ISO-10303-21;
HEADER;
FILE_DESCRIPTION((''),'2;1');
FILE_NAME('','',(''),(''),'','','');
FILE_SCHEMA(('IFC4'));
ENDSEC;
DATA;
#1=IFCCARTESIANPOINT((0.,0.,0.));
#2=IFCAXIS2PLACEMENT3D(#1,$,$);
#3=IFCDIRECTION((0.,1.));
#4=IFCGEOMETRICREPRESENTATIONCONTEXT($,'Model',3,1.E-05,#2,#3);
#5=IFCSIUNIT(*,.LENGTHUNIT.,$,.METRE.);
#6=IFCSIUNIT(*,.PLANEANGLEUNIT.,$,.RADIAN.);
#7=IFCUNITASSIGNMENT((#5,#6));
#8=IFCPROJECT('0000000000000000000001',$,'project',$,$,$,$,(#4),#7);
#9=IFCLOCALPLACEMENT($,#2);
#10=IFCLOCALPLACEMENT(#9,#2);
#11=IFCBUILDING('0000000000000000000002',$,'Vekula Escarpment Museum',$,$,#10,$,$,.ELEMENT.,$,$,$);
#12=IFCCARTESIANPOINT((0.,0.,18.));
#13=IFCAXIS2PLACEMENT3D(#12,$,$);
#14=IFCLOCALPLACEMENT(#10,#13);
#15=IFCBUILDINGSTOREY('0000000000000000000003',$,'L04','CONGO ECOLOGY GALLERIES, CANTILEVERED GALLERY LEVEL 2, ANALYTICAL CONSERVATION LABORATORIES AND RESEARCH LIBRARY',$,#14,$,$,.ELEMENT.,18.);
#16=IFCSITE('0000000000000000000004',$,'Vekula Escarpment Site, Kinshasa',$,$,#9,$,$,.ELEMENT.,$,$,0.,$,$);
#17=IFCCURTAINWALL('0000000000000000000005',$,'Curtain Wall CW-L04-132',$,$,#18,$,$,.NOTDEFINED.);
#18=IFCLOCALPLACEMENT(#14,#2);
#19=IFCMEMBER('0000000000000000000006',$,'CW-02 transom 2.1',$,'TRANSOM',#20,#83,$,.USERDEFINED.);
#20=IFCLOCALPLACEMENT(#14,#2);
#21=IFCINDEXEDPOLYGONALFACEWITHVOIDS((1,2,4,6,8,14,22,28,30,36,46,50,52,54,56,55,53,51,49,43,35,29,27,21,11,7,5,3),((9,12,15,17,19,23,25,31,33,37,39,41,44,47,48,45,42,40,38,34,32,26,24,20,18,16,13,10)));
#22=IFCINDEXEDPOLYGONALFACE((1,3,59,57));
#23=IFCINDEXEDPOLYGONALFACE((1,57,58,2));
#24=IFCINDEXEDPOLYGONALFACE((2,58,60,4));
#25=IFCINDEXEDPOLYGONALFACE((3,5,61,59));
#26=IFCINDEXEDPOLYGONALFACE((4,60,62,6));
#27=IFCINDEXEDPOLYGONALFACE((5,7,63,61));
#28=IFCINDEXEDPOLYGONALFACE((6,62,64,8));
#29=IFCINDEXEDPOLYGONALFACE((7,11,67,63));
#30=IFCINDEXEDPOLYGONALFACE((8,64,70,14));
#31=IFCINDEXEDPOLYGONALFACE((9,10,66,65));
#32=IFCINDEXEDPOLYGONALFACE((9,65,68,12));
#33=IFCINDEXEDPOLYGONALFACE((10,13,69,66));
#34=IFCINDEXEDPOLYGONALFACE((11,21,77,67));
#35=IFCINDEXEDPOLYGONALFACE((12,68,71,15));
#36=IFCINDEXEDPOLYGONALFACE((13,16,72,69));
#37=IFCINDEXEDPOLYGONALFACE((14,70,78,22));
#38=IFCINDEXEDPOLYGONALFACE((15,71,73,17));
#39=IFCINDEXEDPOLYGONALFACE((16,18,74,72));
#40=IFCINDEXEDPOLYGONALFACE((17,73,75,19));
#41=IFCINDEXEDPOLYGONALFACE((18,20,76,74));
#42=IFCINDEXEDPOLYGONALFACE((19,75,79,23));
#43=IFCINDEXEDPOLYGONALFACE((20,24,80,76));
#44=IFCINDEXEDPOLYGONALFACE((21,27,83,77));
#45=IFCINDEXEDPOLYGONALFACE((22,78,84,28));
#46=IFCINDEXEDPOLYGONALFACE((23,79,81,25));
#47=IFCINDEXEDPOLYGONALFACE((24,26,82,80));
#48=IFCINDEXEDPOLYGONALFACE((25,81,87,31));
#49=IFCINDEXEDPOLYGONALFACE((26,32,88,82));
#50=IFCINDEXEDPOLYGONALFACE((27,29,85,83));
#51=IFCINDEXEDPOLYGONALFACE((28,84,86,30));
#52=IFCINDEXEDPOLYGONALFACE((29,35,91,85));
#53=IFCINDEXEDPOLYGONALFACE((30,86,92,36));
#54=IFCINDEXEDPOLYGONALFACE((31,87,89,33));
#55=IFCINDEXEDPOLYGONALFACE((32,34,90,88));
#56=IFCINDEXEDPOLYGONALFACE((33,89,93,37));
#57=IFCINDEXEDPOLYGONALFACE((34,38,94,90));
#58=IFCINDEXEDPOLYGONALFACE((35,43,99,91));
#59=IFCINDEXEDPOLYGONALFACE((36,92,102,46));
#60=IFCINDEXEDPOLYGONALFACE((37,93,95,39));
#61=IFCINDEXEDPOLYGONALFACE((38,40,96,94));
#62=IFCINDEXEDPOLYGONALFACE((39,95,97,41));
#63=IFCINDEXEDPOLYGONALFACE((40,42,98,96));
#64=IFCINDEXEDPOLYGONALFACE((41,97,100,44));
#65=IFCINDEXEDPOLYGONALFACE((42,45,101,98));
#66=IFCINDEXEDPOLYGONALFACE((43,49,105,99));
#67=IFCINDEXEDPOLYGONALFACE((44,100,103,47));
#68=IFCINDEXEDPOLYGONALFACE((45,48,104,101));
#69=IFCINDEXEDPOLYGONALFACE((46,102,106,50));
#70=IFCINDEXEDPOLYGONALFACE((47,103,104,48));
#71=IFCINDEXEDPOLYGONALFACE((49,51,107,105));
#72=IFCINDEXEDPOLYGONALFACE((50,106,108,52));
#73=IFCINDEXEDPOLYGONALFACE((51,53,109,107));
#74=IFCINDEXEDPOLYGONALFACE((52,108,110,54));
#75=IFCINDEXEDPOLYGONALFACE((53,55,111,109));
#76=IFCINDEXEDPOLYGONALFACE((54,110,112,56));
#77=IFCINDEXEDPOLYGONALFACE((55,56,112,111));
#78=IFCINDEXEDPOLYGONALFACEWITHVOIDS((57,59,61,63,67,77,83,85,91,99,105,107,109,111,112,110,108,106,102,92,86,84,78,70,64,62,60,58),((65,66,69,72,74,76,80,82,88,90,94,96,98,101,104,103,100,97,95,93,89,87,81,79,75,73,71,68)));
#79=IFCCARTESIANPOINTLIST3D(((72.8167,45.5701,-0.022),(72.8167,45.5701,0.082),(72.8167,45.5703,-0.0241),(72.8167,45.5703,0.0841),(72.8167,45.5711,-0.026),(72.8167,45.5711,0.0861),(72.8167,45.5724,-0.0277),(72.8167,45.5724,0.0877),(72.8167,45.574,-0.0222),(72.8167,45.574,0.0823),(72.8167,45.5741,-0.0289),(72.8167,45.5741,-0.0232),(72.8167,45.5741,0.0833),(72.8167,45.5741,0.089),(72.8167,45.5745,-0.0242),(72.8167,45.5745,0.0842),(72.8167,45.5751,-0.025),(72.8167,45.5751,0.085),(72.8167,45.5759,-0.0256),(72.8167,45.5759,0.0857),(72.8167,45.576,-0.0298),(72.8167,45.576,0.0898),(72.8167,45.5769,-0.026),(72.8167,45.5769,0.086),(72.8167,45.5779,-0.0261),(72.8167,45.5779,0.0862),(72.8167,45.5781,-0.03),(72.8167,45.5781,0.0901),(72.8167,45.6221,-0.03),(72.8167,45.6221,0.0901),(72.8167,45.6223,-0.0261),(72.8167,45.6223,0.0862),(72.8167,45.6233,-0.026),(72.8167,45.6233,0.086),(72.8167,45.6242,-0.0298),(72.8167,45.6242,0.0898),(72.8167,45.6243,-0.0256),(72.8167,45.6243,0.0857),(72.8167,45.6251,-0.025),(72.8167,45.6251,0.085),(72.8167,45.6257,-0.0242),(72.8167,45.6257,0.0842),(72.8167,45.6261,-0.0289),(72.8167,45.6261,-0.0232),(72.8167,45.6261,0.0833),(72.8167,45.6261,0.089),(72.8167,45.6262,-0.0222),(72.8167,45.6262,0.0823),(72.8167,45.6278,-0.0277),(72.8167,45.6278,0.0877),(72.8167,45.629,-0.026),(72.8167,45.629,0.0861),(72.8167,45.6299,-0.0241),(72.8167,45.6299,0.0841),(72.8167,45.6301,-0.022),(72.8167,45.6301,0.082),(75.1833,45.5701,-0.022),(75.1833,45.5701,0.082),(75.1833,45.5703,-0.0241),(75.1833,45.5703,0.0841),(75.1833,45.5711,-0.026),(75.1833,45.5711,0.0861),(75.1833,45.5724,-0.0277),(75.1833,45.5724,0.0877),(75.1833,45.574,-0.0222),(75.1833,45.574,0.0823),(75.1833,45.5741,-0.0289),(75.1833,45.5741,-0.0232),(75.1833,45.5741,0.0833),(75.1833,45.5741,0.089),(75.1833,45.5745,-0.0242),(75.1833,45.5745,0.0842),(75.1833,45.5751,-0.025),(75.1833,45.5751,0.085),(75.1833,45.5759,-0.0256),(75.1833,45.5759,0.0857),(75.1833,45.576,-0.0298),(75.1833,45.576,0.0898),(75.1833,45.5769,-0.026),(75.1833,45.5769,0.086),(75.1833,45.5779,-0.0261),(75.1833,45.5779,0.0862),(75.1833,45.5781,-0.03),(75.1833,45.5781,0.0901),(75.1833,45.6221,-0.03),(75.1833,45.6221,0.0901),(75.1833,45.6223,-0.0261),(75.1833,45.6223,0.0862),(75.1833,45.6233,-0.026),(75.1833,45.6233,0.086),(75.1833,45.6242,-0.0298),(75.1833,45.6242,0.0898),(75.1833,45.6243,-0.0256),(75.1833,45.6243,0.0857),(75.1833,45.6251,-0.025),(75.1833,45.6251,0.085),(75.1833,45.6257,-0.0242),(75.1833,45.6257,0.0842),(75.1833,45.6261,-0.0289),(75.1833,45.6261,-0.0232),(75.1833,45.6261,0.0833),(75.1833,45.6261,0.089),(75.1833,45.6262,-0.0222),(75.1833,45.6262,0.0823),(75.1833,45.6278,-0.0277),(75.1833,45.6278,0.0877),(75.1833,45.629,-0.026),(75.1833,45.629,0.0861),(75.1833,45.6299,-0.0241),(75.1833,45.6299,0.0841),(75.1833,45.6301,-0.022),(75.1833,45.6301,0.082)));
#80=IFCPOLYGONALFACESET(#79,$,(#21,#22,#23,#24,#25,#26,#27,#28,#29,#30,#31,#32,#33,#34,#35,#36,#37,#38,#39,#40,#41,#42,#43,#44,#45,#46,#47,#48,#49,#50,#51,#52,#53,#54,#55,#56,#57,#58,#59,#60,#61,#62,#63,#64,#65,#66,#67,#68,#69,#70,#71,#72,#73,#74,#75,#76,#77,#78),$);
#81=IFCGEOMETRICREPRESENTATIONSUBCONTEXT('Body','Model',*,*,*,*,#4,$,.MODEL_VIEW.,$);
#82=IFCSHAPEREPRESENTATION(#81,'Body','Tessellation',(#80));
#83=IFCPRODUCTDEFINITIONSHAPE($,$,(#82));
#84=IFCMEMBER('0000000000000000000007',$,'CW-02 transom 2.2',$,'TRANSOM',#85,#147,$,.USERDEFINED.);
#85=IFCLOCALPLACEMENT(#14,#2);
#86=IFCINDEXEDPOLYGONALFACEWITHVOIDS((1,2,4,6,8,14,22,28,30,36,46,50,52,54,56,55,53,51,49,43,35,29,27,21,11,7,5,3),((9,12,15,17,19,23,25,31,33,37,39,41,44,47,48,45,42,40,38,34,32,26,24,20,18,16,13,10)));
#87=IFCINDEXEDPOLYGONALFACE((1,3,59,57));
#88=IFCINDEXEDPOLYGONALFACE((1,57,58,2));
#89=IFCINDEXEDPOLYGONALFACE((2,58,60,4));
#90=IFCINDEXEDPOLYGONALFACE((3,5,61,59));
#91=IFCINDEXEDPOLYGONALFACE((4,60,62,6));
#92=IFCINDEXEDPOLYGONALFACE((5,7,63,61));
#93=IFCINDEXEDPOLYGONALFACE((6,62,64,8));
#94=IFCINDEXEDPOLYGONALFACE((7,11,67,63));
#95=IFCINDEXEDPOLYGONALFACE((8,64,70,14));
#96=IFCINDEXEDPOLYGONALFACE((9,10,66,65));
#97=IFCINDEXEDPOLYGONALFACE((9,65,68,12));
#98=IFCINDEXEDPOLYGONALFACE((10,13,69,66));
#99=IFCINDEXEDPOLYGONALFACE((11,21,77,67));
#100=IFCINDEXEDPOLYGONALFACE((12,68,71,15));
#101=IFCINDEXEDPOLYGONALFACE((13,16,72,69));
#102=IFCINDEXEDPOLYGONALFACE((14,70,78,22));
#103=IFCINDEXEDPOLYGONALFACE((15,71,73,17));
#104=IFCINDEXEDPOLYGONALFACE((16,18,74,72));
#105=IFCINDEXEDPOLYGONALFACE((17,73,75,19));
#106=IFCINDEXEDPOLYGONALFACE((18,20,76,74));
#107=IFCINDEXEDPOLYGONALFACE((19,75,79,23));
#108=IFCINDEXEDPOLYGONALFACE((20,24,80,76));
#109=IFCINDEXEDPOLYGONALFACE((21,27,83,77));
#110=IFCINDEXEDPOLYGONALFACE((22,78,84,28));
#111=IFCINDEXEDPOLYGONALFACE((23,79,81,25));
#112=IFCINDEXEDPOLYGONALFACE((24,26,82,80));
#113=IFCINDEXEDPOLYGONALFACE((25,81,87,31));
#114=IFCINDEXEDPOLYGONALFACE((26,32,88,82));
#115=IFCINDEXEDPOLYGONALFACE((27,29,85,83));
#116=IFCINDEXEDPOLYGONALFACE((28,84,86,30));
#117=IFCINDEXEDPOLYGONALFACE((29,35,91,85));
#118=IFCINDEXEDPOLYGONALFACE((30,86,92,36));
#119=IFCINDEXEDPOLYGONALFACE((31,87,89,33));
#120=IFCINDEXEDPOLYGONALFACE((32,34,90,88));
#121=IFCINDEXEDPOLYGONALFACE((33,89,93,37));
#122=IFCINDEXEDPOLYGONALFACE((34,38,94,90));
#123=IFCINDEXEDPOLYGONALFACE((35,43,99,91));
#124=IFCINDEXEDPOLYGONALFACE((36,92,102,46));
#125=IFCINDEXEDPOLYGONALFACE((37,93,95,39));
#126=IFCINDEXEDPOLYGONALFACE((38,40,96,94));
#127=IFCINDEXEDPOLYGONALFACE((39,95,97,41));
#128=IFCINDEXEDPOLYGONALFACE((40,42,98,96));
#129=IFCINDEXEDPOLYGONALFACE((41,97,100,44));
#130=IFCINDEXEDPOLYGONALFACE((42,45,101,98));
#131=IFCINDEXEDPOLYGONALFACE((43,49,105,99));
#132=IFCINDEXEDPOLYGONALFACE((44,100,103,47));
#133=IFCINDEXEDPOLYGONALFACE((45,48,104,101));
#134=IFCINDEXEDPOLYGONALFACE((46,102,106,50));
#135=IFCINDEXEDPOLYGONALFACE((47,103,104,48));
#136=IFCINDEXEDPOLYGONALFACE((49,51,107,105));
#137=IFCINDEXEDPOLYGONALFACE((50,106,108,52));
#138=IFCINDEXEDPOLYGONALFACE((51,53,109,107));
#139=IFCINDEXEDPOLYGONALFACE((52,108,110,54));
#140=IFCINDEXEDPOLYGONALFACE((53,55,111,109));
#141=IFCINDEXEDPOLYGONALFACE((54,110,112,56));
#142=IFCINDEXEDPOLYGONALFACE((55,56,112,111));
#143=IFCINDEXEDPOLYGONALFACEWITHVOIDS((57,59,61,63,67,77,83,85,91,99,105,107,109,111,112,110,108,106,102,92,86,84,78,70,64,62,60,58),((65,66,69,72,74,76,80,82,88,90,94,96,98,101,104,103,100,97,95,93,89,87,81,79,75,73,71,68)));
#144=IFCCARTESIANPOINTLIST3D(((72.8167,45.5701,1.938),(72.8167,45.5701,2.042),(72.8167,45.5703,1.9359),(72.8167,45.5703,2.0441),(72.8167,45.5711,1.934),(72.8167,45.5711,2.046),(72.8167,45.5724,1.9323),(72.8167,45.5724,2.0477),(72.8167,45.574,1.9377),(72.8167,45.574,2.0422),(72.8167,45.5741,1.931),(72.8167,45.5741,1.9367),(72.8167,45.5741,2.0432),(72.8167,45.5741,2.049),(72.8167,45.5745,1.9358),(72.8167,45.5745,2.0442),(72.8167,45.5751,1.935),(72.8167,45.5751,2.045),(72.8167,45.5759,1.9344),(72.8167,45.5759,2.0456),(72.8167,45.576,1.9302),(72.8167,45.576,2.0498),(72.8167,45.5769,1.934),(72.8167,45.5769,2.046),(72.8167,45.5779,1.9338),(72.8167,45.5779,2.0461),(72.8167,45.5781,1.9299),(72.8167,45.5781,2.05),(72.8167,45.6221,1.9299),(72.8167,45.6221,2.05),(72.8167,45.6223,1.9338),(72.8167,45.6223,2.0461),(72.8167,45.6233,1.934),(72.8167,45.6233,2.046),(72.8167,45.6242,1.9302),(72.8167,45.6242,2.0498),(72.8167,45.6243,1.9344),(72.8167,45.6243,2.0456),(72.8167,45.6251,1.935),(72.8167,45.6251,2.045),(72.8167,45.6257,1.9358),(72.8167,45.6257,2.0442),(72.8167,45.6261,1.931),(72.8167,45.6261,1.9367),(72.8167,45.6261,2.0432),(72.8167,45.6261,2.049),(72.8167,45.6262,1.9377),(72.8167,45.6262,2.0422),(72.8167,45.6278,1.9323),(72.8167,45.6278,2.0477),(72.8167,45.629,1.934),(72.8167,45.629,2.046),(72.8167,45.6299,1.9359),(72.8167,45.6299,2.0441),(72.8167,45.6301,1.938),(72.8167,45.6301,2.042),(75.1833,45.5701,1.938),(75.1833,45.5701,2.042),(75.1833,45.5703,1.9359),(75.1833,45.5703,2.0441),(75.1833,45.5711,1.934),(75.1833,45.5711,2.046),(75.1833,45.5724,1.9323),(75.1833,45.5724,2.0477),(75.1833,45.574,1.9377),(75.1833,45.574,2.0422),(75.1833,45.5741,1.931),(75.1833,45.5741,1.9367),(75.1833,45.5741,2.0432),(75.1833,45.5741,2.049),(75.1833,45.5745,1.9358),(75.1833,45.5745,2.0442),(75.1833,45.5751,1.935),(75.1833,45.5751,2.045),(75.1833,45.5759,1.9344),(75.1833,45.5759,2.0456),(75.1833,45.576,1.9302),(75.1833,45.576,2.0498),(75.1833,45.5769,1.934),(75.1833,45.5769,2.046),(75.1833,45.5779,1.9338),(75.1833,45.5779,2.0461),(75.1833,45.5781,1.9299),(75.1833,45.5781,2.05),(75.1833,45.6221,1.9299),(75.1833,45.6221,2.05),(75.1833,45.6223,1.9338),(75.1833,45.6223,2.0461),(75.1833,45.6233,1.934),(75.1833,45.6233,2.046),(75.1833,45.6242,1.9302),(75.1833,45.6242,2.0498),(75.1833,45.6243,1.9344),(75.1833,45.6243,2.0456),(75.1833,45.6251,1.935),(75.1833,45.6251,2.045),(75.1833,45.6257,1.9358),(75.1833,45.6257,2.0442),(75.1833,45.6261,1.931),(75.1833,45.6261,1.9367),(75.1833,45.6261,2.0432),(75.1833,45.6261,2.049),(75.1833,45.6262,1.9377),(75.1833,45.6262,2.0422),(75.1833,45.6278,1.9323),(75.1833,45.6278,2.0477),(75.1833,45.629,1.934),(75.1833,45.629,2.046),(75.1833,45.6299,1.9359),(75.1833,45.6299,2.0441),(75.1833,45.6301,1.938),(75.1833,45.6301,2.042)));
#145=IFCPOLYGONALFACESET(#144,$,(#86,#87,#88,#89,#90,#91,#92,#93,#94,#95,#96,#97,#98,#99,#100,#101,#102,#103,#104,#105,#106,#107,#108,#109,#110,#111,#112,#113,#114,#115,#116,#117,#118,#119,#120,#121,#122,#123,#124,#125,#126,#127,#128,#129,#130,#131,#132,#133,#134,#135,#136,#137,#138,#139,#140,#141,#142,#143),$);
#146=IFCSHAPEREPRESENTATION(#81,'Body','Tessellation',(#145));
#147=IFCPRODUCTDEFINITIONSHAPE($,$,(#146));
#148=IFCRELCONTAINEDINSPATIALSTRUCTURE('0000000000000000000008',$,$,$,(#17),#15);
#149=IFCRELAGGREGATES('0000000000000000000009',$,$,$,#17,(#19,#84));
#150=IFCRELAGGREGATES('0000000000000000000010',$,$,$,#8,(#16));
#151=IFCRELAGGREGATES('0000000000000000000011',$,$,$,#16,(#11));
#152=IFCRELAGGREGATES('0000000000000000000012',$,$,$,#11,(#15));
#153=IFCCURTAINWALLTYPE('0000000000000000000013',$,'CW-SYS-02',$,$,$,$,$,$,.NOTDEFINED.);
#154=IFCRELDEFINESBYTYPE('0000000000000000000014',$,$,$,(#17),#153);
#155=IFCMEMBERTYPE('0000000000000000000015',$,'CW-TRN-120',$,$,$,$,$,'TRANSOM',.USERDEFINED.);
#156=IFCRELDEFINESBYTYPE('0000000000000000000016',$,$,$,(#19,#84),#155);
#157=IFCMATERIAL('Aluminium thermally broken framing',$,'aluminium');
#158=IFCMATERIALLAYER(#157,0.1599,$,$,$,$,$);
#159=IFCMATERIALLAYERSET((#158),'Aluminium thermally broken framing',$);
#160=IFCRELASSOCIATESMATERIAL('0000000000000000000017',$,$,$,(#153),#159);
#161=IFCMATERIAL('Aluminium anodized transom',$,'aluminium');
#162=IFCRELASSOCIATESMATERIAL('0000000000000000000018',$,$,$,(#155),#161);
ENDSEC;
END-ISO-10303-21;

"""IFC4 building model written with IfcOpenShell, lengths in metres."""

from ifc_helpers import new_model, si_unit, direction, frame, origin, origin_2d, place, context, subcontext, project, spatial, hollow_rectangle, extrude, material, layer, layer_set, material_profile, profile_set, type_object, element, aggregate, save


model = new_model("IFC4")

# Units and contexts
model_context = context("Model", 3, precision=1e-05, world=origin(), true_north=direction((0.0, 1.0)))
body_context = subcontext(model_context, "Body", "Model", "MODEL_VIEW")
ifc_project = project(units=[si_unit("LENGTHUNIT", "METRE"), si_unit("PLANEANGLEUNIT", "RADIAN")], contexts=[model_context])

# Site, building, storey
site_placement = place(None, origin())
site = spatial("IfcSite", under=ifc_project, at=site_placement, Name="Vekula Escarpment Site, Kinshasa", CompositionType="ELEMENT", RefElevation=0.0)
building_placement = place(site_placement, origin())
building = spatial("IfcBuilding", under=site, at=building_placement, Name="Vekula Escarpment Museum", CompositionType="ELEMENT")
storey_placement = place(building_placement, frame((0.0, 0.0, 18.0)))
storey = spatial("IfcBuildingStorey", under=building, at=storey_placement, Name="L04", Description="CONGO ECOLOGY GALLERIES, CANTILEVERED GALLERY LEVEL 2, ANALYTICAL CONSERVATION LABORATORIES AND RESEARCH LIBRARY", CompositionType="ELEMENT", Elevation=18.0)

# Curtain wall
ifc_material_1 = material(Name="Aluminium thermally broken framing", Category="aluminium")
ifc_layer_1 = layer(ifc_material_1, 0.1599)
ifc_layer_set_1 = layer_set([ifc_layer_1], Name="Aluminium thermally broken framing")
curtain_wall_type_1 = type_object("IfcCurtainWallType", Name="CW-SYS-02", PredefinedType="NOTDEFINED", material=ifc_layer_set_1)
curtain_wall_1_placement = place(storey_placement, origin())
curtain_wall_1 = element("IfcCurtainWall", 1, at=curtain_wall_1_placement, inside=storey, type_object=curtain_wall_type_1, Name="Curtain Wall CW-L04-132", PredefinedType="NOTDEFINED")

# Members
ifc_material_2 = material(Name="Aluminium anodized transom", Category="aluminium")
ifc_material_profile_1 = material_profile(ifc_material_2, hollow_rectangle(XDim=0.0601, YDim=0.1201, WallThickness=0.0039, InnerFilletRadius=0.0039, OuterFilletRadius=0.0081, at=origin_2d()), Name="ALU 120x60x4")
ifc_profile_set_1 = profile_set([ifc_material_profile_1], Name="Aluminium anodized transom")
member_type_1 = type_object("IfcMemberType", Name="CW-TRN-120", ElementType="TRANSOM", PredefinedType="USERDEFINED", material=ifc_profile_set_1)
member_1_placement = place(storey_placement, frame((72.8167, 45.6001, 0.03), z_axis=(1.0, 0.0, 0.0), x_axis=(0.0, 1.0, 0.0)))
member_1 = element("IfcMember", 2, at=member_1_placement, type_object=member_type_1, Name="CW-02 transom 2.1", ObjectType="TRANSOM", PredefinedType="USERDEFINED", context=body_context, shape_type="SweptSolid", body=[
    extrude(hollow_rectangle(XDim=0.0601, YDim=0.1201, WallThickness=0.0039, InnerFilletRadius=0.0039, OuterFilletRadius=0.0081, at=origin_2d()), origin(), (0.0, 0.0, 1.0), 2.3667),
])
member_2_placement = place(storey_placement, frame((72.8167, 45.6001, 1.99), z_axis=(1.0, 0.0, 0.0), x_axis=(0.0, 1.0, 0.0)))
member_2 = element("IfcMember", 3, at=member_2_placement, type_object=member_type_1, Name="CW-02 transom 2.2", ObjectType="TRANSOM", PredefinedType="USERDEFINED", context=body_context, shape_type="SweptSolid", body=[
    extrude(hollow_rectangle(XDim=0.0601, YDim=0.1201, WallThickness=0.0039, InnerFilletRadius=0.0039, OuterFilletRadius=0.0081, at=origin_2d()), origin(), (0.0, 0.0, 1.0), 2.3667),
])

aggregate(curtain_wall_1, [member_1, member_2])

save(model, "model.ifc")
